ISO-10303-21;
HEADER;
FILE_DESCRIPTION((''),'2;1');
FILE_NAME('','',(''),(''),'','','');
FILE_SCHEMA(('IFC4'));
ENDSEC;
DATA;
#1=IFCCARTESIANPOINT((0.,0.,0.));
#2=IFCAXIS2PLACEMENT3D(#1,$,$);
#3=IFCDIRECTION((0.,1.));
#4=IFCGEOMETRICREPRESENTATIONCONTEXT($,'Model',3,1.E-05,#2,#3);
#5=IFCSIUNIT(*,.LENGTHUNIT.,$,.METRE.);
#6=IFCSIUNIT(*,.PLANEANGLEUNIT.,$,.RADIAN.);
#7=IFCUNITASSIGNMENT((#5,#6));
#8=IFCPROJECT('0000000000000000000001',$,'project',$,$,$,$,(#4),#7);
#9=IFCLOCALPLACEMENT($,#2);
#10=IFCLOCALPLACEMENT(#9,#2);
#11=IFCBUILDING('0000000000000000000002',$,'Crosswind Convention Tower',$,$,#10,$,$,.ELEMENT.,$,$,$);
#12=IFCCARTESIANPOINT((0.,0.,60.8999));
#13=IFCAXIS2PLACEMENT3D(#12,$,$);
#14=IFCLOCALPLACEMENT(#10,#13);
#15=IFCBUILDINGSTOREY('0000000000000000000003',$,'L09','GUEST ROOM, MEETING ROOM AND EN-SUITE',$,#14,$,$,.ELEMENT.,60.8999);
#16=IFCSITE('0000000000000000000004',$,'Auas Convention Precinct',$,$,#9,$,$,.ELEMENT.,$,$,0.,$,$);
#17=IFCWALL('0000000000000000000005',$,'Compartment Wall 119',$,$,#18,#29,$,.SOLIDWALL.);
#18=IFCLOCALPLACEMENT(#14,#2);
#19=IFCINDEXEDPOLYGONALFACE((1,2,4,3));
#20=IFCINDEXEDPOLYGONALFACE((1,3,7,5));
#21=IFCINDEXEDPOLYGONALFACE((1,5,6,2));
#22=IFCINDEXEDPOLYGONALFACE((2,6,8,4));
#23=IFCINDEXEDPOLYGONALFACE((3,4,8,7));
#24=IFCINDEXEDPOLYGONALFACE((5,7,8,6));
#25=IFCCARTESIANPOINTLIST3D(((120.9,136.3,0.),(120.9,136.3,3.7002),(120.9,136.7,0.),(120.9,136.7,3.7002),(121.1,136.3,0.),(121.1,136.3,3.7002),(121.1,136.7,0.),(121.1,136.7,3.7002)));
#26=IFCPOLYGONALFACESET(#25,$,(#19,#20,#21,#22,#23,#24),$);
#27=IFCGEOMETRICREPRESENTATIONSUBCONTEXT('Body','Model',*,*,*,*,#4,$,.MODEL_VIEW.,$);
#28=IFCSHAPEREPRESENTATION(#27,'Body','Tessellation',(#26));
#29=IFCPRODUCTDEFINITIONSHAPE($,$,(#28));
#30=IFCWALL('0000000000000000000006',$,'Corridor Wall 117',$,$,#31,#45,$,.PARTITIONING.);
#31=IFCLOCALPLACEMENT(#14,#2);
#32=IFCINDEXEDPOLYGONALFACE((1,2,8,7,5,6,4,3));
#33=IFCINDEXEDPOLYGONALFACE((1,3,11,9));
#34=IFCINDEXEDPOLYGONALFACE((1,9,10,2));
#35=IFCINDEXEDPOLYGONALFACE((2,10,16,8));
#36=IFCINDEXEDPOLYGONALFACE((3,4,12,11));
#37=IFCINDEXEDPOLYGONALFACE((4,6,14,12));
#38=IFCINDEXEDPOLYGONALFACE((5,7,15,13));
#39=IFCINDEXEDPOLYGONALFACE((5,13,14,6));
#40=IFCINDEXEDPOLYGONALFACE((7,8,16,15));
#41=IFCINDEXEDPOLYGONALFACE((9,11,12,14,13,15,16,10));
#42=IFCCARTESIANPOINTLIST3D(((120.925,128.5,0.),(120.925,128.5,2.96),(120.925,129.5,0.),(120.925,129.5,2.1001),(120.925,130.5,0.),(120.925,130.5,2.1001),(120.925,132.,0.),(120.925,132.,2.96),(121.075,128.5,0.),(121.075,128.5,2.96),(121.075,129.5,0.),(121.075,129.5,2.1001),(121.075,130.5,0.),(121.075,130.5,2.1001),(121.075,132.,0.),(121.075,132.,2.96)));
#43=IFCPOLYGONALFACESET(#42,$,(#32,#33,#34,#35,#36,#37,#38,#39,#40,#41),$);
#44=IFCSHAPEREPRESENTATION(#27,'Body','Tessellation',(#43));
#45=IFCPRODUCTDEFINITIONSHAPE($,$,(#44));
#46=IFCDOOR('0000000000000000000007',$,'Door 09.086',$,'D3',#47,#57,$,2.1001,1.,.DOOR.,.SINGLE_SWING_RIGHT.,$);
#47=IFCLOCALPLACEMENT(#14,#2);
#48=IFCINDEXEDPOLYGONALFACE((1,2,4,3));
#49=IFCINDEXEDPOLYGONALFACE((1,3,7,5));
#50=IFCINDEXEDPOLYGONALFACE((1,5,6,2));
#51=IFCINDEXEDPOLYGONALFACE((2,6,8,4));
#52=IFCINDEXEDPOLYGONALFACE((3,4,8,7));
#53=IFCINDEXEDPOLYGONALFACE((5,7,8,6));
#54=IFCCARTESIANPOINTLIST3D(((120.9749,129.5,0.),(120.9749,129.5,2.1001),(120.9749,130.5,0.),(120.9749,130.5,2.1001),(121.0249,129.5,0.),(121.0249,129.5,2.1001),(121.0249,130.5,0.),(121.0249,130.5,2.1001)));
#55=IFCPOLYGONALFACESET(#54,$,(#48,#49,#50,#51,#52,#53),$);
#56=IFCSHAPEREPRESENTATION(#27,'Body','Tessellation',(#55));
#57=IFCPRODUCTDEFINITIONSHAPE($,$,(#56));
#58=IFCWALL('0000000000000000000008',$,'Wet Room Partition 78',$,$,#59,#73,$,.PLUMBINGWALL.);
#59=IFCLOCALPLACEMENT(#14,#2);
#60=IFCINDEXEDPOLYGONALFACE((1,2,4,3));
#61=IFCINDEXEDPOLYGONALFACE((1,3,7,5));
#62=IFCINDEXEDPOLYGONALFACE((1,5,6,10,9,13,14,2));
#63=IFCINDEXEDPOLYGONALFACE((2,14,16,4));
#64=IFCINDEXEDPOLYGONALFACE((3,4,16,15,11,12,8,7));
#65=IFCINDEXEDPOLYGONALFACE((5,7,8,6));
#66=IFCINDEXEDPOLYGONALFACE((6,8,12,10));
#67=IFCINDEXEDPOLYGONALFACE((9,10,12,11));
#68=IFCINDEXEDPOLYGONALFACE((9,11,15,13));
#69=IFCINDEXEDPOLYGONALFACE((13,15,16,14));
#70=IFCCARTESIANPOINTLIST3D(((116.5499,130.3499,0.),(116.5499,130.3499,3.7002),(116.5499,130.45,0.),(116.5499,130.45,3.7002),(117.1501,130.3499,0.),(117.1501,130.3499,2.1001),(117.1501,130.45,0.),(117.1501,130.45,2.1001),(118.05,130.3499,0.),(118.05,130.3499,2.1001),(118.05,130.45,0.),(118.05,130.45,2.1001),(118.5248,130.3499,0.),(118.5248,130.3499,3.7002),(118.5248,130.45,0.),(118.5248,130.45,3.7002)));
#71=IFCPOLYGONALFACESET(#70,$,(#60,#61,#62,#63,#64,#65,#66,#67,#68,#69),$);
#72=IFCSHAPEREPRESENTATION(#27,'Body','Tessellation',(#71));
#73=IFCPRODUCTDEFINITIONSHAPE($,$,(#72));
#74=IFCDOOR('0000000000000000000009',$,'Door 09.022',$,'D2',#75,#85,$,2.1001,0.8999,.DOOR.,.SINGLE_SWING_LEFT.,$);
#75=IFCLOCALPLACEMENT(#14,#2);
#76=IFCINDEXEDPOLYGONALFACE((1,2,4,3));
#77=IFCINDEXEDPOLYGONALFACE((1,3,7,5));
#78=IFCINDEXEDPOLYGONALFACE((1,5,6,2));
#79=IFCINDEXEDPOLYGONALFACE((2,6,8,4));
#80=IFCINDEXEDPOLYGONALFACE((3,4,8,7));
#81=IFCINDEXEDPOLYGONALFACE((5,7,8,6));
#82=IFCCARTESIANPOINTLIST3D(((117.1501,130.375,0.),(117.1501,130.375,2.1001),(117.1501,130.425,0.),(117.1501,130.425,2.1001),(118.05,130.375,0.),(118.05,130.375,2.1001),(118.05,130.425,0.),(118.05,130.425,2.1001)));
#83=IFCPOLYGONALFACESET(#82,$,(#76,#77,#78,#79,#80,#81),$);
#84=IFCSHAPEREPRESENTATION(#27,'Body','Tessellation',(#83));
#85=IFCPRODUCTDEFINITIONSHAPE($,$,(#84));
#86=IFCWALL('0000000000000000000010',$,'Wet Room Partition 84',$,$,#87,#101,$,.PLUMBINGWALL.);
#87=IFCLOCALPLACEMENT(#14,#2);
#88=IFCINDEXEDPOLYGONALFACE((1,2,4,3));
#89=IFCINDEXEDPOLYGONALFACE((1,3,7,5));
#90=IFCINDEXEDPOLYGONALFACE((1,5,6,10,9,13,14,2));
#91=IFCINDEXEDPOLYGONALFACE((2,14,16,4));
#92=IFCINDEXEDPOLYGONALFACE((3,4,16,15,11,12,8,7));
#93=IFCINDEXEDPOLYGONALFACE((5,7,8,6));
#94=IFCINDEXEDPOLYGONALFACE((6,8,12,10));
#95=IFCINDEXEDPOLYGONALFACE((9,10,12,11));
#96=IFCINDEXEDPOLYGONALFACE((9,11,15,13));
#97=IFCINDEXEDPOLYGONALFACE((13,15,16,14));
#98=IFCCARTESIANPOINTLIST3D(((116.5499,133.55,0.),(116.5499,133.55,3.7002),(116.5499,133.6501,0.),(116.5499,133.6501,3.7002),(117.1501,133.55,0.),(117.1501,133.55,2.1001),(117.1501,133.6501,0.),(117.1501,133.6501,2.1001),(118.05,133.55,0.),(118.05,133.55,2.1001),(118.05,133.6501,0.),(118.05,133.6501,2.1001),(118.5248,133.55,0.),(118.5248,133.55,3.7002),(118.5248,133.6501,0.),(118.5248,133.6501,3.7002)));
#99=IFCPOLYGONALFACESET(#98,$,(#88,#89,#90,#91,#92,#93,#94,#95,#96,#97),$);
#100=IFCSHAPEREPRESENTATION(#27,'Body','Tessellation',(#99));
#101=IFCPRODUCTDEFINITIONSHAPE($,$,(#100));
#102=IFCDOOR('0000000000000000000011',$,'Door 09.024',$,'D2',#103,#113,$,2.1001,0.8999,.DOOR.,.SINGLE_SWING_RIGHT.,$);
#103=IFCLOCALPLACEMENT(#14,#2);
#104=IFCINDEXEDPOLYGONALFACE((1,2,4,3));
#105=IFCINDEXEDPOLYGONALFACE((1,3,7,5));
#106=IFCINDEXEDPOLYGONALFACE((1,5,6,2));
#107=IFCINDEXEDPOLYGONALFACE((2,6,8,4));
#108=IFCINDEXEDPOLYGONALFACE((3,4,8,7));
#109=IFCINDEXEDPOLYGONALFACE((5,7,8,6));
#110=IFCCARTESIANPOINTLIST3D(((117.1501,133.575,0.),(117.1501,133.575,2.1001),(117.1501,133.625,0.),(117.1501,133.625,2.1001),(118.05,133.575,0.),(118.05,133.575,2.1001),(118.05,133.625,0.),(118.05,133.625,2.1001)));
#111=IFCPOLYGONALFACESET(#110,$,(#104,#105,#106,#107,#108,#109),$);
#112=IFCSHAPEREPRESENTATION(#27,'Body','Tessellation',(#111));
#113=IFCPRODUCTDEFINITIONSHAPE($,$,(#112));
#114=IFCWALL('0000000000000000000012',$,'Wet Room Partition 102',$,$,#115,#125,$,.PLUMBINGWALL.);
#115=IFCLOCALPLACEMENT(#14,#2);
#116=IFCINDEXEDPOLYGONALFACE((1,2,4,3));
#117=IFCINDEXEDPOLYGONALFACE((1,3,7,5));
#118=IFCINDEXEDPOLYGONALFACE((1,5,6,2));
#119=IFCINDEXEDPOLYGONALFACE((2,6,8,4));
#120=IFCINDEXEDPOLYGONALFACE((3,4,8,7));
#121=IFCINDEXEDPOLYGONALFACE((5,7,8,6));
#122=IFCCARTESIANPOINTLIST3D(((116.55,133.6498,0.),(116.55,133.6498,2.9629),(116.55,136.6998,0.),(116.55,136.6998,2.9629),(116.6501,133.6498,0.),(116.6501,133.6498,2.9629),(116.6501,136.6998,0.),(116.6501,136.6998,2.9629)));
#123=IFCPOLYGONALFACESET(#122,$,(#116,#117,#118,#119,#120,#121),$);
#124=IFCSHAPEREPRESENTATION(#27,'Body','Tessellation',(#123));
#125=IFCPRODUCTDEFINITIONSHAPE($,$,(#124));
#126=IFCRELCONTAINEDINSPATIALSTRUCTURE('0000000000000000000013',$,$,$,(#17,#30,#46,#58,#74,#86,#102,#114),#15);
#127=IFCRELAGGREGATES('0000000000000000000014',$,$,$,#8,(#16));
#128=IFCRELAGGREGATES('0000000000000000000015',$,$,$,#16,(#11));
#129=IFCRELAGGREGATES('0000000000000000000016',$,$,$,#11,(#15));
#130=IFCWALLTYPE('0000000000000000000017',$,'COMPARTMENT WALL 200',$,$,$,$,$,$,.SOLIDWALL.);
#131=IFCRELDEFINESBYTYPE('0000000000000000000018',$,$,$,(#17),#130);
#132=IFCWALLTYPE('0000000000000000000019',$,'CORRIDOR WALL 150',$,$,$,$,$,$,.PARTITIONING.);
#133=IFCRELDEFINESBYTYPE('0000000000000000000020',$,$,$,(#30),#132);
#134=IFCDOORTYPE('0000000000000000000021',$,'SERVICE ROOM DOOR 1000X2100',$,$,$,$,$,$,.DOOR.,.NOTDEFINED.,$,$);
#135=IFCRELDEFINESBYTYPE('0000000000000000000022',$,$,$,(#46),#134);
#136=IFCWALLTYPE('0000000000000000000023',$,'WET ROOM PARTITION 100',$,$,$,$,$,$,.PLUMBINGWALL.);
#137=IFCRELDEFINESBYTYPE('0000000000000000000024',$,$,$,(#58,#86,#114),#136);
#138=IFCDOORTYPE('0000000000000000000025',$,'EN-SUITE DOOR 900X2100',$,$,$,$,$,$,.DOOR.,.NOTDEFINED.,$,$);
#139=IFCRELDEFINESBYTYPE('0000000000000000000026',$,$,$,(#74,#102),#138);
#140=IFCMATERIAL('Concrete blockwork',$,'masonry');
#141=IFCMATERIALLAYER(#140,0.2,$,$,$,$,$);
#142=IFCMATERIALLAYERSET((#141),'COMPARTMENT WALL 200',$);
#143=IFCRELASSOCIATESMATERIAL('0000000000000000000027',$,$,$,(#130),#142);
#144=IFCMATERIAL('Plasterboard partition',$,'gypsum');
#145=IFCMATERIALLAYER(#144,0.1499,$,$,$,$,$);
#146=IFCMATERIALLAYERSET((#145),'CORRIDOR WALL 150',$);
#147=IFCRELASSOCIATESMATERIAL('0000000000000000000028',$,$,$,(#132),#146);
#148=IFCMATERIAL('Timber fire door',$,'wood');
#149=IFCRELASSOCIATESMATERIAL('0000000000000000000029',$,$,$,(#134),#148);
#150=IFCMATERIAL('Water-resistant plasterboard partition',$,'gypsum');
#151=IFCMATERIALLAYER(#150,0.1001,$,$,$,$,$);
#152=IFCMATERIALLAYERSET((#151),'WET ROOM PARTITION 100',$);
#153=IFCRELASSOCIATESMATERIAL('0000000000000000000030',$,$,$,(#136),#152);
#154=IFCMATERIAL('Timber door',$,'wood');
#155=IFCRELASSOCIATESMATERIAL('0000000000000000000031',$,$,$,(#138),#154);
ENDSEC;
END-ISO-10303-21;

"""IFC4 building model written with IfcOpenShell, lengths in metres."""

from ifc_helpers import new_model, si_unit, direction, frame, frame_2d, origin, place, context, subcontext, project, spatial, rectangle, extrude, material, layer, layer_set, type_object, element, fill, save


model = new_model("IFC4")

# Units and contexts
model_context = context("Model", 3, precision=1e-05, world=origin(), true_north=direction((0.0, 1.0)))
body_context = subcontext(model_context, "Body", "Model", "MODEL_VIEW")
ifc_project = project(units=[si_unit("LENGTHUNIT", "METRE"), si_unit("PLANEANGLEUNIT", "RADIAN")], contexts=[model_context])

# Site, building, storey
site_placement = place(None, origin())
site = spatial("IfcSite", under=ifc_project, at=site_placement, Name="Auas Convention Precinct", CompositionType="ELEMENT", RefElevation=0.0)
building_placement = place(site_placement, origin())
building = spatial("IfcBuilding", under=site, at=building_placement, Name="Crosswind Convention Tower", CompositionType="ELEMENT")
storey_placement = place(building_placement, frame((0.0, 0.0, 60.8999)))
storey = spatial("IfcBuildingStorey", under=building, at=storey_placement, Name="L09", Description="GUEST ROOM, MEETING ROOM AND EN-SUITE", CompositionType="ELEMENT", Elevation=60.8999)

# Shared definitions
ifc_material_1 = material(Name="Concrete blockwork", Category="masonry")
ifc_layer_1 = layer(ifc_material_1, 0.2)
ifc_layer_set_1 = layer_set([ifc_layer_1], Name="COMPARTMENT WALL 200")
wall_type_1 = type_object("IfcWallType", Name="COMPARTMENT WALL 200", PredefinedType="SOLIDWALL", material=ifc_layer_set_1)

# Wall
wall_1_placement = place(storey_placement, frame((121.0, 136.3, 0.0), z_axis=(0.0, 0.0, 1.0), x_axis=(0.0, 1.0, 0.0)))
element("IfcWall", 1, at=wall_1_placement, inside=storey, type_object=wall_type_1, Name="Compartment Wall 119", PredefinedType="SOLIDWALL", context=body_context, shape_type="SweptSolid", body=[
    extrude(rectangle(XDim=0.3999, YDim=0.2, at=frame_2d((0.2, 0.0))), origin(), (0.0, 0.0, 1.0), 3.7002),
])

# Walls, openings, doors
ifc_material_2 = material(Name="Plasterboard partition", Category="gypsum")
ifc_layer_2 = layer(ifc_material_2, 0.1499)
ifc_layer_set_2 = layer_set([ifc_layer_2], Name="CORRIDOR WALL 150")
wall_type_2 = type_object("IfcWallType", Name="CORRIDOR WALL 150", PredefinedType="PARTITIONING", material=ifc_layer_set_2)
wall_2_placement = place(storey_placement, frame((121.0, 128.5, 0.0), z_axis=(0.0, 0.0, 1.0), x_axis=(0.0, 1.0, 0.0)))
wall_2 = element("IfcWall", 2, at=wall_2_placement, inside=storey, type_object=wall_type_2, Name="Corridor Wall 117", PredefinedType="PARTITIONING", context=body_context, shape_type="SweptSolid", body=[
    extrude(rectangle(XDim=3.5, YDim=0.1499, at=frame_2d((1.75, 0.0))), origin(), (0.0, 0.0, 1.0), 2.96),
])
opening_1_placement = place(wall_2_placement, frame((1.0, 0.0, 0.0)))
opening_1 = element("IfcOpeningElement", 3, at=opening_1_placement, cuts=wall_2, PredefinedType="OPENING", context=body_context, shape_type="SweptSolid", body=[
    extrude(rectangle(XDim=1.0, YDim=2.1001, at=frame_2d((0.5, 1.05))), frame((0.0, 0.085, 0.0), z_axis=(0.0, -1.0, 0.0), x_axis=(1.0, 0.0, 0.0)), (0.0, 0.0, 1.0), 0.1699),
])
ifc_material_3 = material(Name="Timber fire door", Category="wood")
door_type_1 = type_object("IfcDoorType", Name="SERVICE ROOM DOOR 1000X2100", OperationType="NOTDEFINED", PredefinedType="DOOR", material=ifc_material_3)
door_1_placement = place(opening_1_placement, frame((1.0, 0.0, 0.0), z_axis=(0.0, 0.0, 1.0), x_axis=(-1.0, 0.0, 0.0)))
door_1 = element("IfcDoor", 4, at=door_1_placement, inside=storey, type_object=door_type_1, Name="Door 09.086", ObjectType="D3", OperationType="SINGLE_SWING_RIGHT", OverallHeight=2.1001, OverallWidth=1.0, PredefinedType="DOOR", context=body_context, shape_type="SweptSolid", body=[
    extrude(rectangle(XDim=1.0, YDim=2.1001, at=frame_2d((0.5, 1.05))), frame((0.0, 0.0249, 0.0), z_axis=(0.0, -1.0, 0.0), x_axis=(1.0, 0.0, 0.0)), (0.0, 0.0, 1.0), 0.05),
])
fill(opening_1, door_1)
ifc_material_4 = material(Name="Water-resistant plasterboard partition", Category="gypsum")
ifc_layer_3 = layer(ifc_material_4, 0.1001)
ifc_layer_set_3 = layer_set([ifc_layer_3], Name="WET ROOM PARTITION 100")
wall_type_3 = type_object("IfcWallType", Name="WET ROOM PARTITION 100", PredefinedType="PLUMBINGWALL", material=ifc_layer_set_3)
wall_3_placement = place(storey_placement, frame((116.55, 130.3999, 0.0), z_axis=(0.0, 0.0, 1.0), x_axis=(1.0, 0.0, 0.0)))
wall_3 = element("IfcWall", 5, at=wall_3_placement, inside=storey, type_object=wall_type_3, Name="Wet Room Partition 78", PredefinedType="PLUMBINGWALL", context=body_context, shape_type="SweptSolid", body=[
    extrude(rectangle(XDim=1.9749, YDim=0.1001, at=frame_2d((0.9873, 0.0))), origin(), (0.0, 0.0, 1.0), 3.7002),
])
opening_2_placement = place(wall_3_placement, frame((0.6001, 0.0, 0.0)))
opening_2 = element("IfcOpeningElement", 6, at=opening_2_placement, cuts=wall_3, PredefinedType="OPENING", context=body_context, shape_type="SweptSolid", body=[
    extrude(rectangle(XDim=0.8999, YDim=2.1001, at=frame_2d((0.45, 1.05))), frame((0.0, 0.0601, 0.0), z_axis=(0.0, -1.0, 0.0), x_axis=(1.0, 0.0, 0.0)), (0.0, 0.0, 1.0), 0.1201),
])
ifc_material_5 = material(Name="Timber door", Category="wood")
door_type_2 = type_object("IfcDoorType", Name="EN-SUITE DOOR 900X2100", OperationType="NOTDEFINED", PredefinedType="DOOR", material=ifc_material_5)
door_2_placement = place(opening_2_placement, frame((0.8999, 0.0, 0.0), z_axis=(0.0, 0.0, 1.0), x_axis=(-1.0, 0.0, 0.0)))
door_2 = element("IfcDoor", 7, at=door_2_placement, inside=storey, type_object=door_type_2, Name="Door 09.022", ObjectType="D2", OperationType="SINGLE_SWING_LEFT", OverallHeight=2.1001, OverallWidth=0.8999, PredefinedType="DOOR", context=body_context, shape_type="SweptSolid", body=[
    extrude(rectangle(XDim=0.8999, YDim=2.1001, at=frame_2d((0.45, 1.05))), frame((0.0, 0.0249, 0.0), z_axis=(0.0, -1.0, 0.0), x_axis=(1.0, 0.0, 0.0)), (0.0, 0.0, 1.0), 0.05),
])
fill(opening_2, door_2)
wall_4_placement = place(storey_placement, frame((116.55, 133.6001, 0.0), z_axis=(0.0, 0.0, 1.0), x_axis=(1.0, 0.0, 0.0)))
wall_4 = element("IfcWall", 8, at=wall_4_placement, inside=storey, type_object=wall_type_3, Name="Wet Room Partition 84", PredefinedType="PLUMBINGWALL", context=body_context, shape_type="SweptSolid", body=[
    extrude(rectangle(XDim=1.9749, YDim=0.1001, at=frame_2d((0.9873, 0.0))), origin(), (0.0, 0.0, 1.0), 3.7002),
])
opening_3_placement = place(wall_4_placement, frame((0.6001, 0.0, 0.0)))
opening_3 = element("IfcOpeningElement", 9, at=opening_3_placement, cuts=wall_4, PredefinedType="OPENING", context=body_context, shape_type="SweptSolid", body=[
    extrude(rectangle(XDim=0.8999, YDim=2.1001, at=frame_2d((0.45, 1.05))), frame((0.0, 0.0601, 0.0), z_axis=(0.0, -1.0, 0.0), x_axis=(1.0, 0.0, 0.0)), (0.0, 0.0, 1.0), 0.1201),
])
door_3_placement = place(opening_3_placement, origin())
door_3 = element("IfcDoor", 10, at=door_3_placement, inside=storey, type_object=door_type_2, Name="Door 09.024", ObjectType="D2", OperationType="SINGLE_SWING_RIGHT", OverallHeight=2.1001, OverallWidth=0.8999, PredefinedType="DOOR", context=body_context, shape_type="SweptSolid", body=[
    extrude(rectangle(XDim=0.8999, YDim=2.1001, at=frame_2d((0.45, 1.05))), frame((0.0, 0.0249, 0.0), z_axis=(0.0, -1.0, 0.0), x_axis=(1.0, 0.0, 0.0)), (0.0, 0.0, 1.0), 0.05),
])
fill(opening_3, door_3)

# Wall
wall_5_placement = place(storey_placement, frame((116.6001, 133.6499, 0.0), z_axis=(0.0, 0.0, 1.0), x_axis=(0.0, 1.0, 0.0)))
element("IfcWall", 11, at=wall_5_placement, inside=storey, type_object=wall_type_3, Name="Wet Room Partition 102", PredefinedType="PLUMBINGWALL", context=body_context, shape_type="SweptSolid", body=[
    extrude(rectangle(XDim=3.05, YDim=0.1001, at=frame_2d((1.5249, 0.0))), origin(), (0.0, 0.0, 1.0), 2.9629),
])

save(model, "model.ifc")
